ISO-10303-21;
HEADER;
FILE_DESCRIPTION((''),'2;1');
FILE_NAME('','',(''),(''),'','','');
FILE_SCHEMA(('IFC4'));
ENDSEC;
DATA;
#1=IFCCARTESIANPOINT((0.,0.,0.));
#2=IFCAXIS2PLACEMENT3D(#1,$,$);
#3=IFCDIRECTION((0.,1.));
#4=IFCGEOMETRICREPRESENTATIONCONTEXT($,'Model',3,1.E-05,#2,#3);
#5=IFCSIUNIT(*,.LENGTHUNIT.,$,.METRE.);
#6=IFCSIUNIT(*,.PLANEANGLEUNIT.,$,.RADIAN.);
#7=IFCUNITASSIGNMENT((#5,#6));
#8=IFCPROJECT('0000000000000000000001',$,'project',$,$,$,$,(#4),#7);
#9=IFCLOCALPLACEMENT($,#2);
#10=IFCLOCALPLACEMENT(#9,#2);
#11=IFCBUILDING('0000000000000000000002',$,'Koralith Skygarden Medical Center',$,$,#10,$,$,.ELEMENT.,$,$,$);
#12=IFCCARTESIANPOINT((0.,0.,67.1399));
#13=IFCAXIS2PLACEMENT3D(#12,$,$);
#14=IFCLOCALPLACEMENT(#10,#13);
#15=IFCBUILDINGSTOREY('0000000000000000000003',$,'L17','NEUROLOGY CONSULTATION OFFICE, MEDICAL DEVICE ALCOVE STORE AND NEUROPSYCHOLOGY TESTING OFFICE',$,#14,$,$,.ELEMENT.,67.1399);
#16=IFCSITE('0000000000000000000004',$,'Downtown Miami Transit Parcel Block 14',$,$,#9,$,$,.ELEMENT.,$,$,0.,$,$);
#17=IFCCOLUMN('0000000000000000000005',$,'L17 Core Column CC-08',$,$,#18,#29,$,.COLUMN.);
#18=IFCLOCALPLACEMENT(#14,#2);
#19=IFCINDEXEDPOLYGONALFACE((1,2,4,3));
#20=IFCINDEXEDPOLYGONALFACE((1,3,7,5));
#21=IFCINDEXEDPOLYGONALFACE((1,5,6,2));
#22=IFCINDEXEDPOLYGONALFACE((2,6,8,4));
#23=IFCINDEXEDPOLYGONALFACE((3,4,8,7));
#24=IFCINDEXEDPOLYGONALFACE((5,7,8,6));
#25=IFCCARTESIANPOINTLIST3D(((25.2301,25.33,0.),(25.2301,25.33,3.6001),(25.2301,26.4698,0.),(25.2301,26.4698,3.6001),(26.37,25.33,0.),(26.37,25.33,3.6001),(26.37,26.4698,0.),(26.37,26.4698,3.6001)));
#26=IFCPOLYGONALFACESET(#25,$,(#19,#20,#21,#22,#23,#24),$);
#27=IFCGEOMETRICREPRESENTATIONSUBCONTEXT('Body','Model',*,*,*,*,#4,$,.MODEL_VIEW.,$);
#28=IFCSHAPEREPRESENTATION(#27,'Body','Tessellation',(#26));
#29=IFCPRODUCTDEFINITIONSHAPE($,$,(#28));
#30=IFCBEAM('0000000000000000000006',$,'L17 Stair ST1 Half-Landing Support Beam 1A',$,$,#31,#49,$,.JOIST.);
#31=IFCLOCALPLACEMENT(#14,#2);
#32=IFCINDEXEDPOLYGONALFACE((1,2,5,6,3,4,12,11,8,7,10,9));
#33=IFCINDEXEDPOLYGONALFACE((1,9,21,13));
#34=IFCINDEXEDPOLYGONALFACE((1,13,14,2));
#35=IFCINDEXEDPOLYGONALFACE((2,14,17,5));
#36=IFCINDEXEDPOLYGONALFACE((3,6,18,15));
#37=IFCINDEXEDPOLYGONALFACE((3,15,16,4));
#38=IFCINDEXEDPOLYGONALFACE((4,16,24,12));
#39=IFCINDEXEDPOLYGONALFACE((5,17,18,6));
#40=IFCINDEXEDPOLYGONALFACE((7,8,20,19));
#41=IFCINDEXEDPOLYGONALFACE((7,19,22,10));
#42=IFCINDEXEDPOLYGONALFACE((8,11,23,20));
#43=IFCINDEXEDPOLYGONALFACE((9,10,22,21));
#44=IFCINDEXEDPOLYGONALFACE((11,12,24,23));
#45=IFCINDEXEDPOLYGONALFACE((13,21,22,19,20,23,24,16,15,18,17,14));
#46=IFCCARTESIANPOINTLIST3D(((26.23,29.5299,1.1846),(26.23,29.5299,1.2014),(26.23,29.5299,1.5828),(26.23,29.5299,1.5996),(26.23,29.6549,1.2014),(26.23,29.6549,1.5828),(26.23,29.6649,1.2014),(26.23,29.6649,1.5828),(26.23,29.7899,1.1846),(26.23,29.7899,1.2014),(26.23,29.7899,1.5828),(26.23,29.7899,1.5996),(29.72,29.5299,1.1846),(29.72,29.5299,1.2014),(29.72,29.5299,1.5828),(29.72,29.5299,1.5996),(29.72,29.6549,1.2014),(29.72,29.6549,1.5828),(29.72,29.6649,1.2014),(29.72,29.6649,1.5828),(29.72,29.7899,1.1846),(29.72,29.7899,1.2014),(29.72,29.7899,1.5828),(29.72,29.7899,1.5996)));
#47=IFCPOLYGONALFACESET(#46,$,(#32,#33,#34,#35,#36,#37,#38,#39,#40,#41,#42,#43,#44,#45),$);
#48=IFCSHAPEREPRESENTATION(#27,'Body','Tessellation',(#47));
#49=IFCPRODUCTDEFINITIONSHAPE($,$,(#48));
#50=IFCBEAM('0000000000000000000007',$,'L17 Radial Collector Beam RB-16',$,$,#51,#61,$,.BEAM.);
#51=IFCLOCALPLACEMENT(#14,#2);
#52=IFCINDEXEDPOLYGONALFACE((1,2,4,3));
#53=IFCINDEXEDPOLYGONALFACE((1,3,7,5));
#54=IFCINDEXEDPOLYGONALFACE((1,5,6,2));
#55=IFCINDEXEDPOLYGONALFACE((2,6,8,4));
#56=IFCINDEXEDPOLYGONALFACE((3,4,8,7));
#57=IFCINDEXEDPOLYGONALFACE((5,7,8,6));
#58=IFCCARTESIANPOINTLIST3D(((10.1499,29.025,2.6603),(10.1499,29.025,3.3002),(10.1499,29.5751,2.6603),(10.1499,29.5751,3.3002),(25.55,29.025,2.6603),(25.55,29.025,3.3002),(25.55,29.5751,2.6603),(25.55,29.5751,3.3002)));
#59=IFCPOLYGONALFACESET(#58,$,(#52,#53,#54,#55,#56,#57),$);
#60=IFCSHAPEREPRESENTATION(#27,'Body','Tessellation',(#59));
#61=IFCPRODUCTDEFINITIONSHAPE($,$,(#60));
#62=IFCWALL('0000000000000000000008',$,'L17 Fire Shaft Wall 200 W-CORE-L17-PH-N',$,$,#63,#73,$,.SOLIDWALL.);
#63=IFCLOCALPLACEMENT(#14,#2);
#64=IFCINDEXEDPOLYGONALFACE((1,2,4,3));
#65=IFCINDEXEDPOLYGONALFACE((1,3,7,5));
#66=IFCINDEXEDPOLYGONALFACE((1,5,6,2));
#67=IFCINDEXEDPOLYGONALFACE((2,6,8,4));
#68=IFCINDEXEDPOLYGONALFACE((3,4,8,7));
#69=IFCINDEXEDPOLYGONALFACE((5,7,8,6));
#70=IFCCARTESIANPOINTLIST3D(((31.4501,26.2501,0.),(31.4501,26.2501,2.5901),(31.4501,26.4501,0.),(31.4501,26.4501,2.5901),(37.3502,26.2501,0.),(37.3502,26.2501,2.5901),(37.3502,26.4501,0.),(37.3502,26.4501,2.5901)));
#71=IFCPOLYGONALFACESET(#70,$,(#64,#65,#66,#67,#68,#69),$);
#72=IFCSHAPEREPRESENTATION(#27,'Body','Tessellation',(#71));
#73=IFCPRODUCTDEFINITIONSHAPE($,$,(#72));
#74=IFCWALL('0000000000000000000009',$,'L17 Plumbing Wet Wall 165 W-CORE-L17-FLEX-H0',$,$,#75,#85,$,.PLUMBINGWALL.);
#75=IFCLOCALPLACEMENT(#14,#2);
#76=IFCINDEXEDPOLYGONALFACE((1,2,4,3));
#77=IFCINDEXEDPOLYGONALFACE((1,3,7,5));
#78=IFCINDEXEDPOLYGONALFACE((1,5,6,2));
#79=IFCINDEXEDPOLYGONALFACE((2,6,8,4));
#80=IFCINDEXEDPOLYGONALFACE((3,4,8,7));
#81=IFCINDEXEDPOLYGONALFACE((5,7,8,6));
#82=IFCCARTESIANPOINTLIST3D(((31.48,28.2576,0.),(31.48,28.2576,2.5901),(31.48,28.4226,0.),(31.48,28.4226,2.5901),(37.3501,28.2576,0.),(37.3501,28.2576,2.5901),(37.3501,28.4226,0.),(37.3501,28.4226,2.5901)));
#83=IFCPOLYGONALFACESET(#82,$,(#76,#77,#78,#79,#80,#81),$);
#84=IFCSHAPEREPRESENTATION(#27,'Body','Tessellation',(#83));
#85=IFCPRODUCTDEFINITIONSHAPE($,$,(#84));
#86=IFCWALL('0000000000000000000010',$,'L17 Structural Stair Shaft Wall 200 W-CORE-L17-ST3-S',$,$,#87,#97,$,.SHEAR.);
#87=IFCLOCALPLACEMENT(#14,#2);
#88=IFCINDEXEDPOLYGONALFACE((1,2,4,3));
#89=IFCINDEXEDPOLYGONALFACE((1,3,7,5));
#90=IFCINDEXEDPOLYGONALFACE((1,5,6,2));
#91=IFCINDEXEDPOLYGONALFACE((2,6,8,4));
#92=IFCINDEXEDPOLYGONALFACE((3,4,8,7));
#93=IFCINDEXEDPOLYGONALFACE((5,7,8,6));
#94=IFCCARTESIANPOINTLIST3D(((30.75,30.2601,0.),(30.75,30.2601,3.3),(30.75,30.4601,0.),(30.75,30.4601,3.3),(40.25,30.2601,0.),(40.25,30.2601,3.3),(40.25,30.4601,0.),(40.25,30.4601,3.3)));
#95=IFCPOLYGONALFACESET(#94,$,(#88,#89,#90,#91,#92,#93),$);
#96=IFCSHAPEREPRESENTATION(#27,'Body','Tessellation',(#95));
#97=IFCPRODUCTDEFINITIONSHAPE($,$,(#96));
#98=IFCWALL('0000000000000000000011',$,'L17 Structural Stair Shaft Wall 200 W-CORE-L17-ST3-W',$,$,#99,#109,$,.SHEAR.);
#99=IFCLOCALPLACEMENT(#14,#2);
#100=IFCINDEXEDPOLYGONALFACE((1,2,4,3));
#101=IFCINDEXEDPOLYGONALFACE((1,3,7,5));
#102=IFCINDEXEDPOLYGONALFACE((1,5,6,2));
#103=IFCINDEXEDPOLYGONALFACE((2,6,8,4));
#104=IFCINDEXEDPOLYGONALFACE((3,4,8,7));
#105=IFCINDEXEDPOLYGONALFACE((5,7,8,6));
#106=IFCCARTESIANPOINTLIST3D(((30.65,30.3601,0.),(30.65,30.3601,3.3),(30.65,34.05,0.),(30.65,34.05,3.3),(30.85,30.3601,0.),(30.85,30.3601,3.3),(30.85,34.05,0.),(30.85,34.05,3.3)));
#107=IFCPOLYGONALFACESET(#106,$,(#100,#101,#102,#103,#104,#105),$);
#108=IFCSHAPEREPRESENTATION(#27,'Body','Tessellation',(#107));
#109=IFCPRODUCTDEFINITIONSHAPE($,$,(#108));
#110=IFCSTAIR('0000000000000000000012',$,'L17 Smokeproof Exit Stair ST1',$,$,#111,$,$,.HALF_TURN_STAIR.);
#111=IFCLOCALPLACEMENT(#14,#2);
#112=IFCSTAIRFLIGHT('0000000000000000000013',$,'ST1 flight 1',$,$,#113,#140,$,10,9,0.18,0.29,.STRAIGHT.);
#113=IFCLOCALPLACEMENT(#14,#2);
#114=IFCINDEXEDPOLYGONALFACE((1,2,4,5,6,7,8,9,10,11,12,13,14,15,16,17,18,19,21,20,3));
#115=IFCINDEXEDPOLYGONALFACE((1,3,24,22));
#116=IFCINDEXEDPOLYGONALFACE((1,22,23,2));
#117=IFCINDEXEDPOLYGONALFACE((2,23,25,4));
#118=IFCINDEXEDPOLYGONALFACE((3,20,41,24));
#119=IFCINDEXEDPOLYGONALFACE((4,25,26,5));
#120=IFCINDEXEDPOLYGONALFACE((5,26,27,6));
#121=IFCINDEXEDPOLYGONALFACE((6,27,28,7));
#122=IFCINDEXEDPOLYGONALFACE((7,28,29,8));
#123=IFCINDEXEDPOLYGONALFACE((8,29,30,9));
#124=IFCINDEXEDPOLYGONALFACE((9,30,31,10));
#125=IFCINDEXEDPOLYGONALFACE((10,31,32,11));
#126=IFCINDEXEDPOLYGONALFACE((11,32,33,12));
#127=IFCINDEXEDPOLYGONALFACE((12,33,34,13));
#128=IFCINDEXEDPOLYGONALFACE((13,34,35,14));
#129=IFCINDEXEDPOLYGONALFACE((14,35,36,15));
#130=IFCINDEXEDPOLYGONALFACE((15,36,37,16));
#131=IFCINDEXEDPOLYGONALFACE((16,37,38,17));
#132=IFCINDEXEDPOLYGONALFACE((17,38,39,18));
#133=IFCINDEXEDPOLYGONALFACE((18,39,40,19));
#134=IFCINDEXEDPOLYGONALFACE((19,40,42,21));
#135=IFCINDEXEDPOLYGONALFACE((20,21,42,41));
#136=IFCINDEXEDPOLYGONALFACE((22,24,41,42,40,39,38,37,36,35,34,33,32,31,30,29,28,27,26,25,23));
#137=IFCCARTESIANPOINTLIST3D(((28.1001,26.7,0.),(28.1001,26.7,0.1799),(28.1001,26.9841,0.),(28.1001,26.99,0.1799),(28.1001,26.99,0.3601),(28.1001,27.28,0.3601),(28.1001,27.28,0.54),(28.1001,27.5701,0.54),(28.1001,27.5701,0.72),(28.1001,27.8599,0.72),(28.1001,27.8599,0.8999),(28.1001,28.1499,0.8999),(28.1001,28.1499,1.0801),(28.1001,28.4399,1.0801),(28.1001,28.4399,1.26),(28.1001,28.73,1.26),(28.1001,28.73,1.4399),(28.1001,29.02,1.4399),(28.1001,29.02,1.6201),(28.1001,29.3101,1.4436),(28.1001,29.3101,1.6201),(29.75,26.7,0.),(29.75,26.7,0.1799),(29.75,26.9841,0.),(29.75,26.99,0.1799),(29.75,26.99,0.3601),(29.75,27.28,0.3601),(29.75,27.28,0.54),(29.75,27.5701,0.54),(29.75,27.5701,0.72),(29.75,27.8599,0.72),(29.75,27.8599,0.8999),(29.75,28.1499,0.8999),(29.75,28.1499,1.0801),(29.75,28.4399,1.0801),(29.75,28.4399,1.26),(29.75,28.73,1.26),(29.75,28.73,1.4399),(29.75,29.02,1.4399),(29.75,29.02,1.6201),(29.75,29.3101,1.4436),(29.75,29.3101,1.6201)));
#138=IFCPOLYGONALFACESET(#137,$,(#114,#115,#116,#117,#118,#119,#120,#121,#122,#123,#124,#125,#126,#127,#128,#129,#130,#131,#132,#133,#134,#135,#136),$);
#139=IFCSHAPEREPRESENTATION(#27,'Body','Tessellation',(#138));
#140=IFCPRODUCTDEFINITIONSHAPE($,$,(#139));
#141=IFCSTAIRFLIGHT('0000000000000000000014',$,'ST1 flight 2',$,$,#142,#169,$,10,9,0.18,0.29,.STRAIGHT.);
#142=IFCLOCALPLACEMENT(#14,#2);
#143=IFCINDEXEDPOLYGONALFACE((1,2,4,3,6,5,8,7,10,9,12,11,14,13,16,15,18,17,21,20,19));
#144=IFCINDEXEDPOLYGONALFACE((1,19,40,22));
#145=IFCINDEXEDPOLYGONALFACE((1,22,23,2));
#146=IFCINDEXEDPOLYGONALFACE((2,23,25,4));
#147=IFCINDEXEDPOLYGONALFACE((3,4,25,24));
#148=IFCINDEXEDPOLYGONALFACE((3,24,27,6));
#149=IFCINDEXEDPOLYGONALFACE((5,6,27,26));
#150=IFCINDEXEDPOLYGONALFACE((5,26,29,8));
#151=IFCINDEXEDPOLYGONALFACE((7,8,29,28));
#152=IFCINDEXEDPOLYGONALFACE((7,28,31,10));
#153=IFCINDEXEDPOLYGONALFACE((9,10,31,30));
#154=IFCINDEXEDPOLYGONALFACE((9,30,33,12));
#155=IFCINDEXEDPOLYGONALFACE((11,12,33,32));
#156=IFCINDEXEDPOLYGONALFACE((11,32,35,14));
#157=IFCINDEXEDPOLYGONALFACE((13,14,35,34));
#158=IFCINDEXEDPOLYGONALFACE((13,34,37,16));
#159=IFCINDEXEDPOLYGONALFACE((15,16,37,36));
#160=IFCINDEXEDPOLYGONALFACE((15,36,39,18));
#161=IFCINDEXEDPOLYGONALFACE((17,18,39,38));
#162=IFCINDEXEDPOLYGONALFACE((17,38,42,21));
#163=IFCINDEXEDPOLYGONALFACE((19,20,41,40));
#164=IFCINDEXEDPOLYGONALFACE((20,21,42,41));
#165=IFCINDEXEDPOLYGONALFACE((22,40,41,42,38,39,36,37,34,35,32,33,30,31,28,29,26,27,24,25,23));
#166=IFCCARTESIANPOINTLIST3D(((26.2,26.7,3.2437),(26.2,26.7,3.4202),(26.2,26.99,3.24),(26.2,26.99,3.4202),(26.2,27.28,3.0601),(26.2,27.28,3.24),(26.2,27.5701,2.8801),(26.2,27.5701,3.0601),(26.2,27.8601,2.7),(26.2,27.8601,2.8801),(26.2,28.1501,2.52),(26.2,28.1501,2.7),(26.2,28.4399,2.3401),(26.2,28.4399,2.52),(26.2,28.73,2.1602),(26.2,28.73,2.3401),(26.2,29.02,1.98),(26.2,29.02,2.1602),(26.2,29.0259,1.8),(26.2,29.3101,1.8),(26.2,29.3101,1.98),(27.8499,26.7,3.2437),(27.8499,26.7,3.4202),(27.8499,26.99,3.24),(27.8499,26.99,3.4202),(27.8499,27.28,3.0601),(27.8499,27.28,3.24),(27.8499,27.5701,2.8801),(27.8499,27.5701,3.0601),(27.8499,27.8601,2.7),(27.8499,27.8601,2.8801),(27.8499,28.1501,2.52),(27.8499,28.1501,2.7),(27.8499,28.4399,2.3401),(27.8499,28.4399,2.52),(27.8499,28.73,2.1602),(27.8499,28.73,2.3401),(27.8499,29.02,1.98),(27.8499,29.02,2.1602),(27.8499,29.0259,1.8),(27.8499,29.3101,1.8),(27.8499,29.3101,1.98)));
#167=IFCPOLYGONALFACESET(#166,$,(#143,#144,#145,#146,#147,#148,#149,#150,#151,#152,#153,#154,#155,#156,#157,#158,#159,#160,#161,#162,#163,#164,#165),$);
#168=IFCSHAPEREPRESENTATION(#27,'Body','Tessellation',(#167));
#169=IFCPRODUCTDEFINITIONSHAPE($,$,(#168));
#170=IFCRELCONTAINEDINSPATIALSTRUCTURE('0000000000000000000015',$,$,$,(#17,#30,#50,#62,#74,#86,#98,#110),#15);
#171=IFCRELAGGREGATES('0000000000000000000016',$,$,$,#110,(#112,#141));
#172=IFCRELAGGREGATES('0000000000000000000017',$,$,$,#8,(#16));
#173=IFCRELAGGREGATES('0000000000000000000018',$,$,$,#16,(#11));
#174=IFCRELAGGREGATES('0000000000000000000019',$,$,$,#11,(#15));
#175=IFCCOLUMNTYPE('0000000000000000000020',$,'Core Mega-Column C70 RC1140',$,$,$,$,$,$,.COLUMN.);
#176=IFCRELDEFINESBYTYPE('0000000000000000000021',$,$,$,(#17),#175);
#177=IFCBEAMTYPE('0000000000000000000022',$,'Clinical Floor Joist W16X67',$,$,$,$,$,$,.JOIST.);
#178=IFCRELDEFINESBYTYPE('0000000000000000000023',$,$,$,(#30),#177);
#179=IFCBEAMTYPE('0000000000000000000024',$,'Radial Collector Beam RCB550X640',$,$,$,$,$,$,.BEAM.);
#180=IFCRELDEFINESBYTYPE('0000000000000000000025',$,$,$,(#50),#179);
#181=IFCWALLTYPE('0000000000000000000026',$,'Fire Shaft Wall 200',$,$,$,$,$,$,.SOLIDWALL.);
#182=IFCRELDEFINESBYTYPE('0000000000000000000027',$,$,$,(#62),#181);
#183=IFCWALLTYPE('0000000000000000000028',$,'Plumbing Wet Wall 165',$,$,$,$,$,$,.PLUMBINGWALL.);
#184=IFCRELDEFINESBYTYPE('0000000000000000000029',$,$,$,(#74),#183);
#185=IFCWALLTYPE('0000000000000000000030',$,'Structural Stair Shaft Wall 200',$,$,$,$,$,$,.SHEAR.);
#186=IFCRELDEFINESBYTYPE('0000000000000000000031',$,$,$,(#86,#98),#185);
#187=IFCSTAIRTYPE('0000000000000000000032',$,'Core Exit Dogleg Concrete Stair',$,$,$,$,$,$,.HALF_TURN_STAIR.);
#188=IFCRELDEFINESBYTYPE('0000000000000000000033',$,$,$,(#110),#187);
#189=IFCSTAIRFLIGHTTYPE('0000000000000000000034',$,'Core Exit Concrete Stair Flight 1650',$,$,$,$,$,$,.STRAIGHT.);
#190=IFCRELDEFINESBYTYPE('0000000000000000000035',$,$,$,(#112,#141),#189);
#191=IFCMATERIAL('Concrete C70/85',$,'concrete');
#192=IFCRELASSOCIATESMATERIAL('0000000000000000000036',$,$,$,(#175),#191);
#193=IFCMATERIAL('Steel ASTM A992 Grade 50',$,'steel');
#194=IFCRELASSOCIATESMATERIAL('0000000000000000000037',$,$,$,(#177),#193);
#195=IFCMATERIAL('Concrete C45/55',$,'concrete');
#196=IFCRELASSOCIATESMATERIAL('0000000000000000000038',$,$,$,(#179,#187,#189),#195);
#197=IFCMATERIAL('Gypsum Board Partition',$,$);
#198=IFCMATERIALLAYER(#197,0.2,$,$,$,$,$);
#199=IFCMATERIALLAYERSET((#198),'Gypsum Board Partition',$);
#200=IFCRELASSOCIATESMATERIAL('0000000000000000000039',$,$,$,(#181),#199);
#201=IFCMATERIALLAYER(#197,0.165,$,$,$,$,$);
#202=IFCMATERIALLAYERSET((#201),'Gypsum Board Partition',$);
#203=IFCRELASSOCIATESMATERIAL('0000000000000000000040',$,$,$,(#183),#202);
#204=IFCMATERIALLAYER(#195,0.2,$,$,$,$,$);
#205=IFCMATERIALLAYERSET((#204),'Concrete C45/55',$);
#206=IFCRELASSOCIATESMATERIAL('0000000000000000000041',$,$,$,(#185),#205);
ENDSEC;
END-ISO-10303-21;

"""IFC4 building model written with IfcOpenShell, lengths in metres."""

from ifc_helpers import new_model, si_unit, direction, frame, frame_2d, origin, origin_2d, place, context, subcontext, project, spatial, polyline, rectangle, i_section, outline, extrude, material, layer, layer_set, material_profile, profile_set, type_object, element, aggregate, save


model = new_model("IFC4")

# Units and contexts
model_context = context("Model", 3, precision=1e-05, world=origin(), true_north=direction((0.0, 1.0)))
body_context = subcontext(model_context, "Body", "Model", "MODEL_VIEW")
ifc_project = project(units=[si_unit("LENGTHUNIT", "METRE"), si_unit("PLANEANGLEUNIT", "RADIAN")], contexts=[model_context])

# Site, building, storey
site_placement = place(None, origin())
site = spatial("IfcSite", under=ifc_project, at=site_placement, Name="Downtown Miami Transit Parcel Block 14", CompositionType="ELEMENT", RefElevation=0.0)
building_placement = place(site_placement, origin())
building = spatial("IfcBuilding", under=site, at=building_placement, Name="Koralith Skygarden Medical Center", CompositionType="ELEMENT")
storey_placement = place(building_placement, frame((0.0, 0.0, 67.1399)))
storey = spatial("IfcBuildingStorey", under=building, at=storey_placement, Name="L17", Description="NEUROLOGY CONSULTATION OFFICE, MEDICAL DEVICE ALCOVE STORE AND NEUROPSYCHOLOGY TESTING OFFICE", CompositionType="ELEMENT", Elevation=67.1399)

# Column
ifc_material_1 = material(Name="Concrete C70/85", Category="concrete")
ifc_material_profile_1 = material_profile(ifc_material_1, rectangle(XDim=1.1399, YDim=1.1399, at=origin_2d()), Name="RC1140X1140")
ifc_profile_set_1 = profile_set([ifc_material_profile_1], Name="Concrete C70/85")
column_type = type_object("IfcColumnType", Name="Core Mega-Column C70 RC1140", PredefinedType="COLUMN", material=ifc_profile_set_1)
column_placement = place(storey_placement, frame((25.8, 25.8999, 0.0), z_axis=(0.0, 0.0, 1.0), x_axis=(1.0, 0.0, 0.0)))
element("IfcColumn", 1, at=column_placement, inside=storey, type_object=column_type, Name="L17 Core Column CC-08", PredefinedType="COLUMN", context=body_context, shape_type="SweptSolid", body=[
    extrude(rectangle(XDim=1.1399, YDim=1.1399, at=origin_2d()), origin(), (0.0, 0.0, 1.0), 3.6001),
])

# Beams
ifc_material_2 = material(Name="Steel ASTM A992 Grade 50", Category="steel")
ifc_material_profile_2 = material_profile(ifc_material_2, i_section(OverallWidth=0.26, OverallDepth=0.415, WebThickness=0.01, FlangeThickness=0.0168, at=origin_2d()), Name="W16X67")
ifc_profile_set_2 = profile_set([ifc_material_profile_2], Name="Steel ASTM A992 Grade 50")
beam_type_1 = type_object("IfcBeamType", Name="Clinical Floor Joist W16X67", PredefinedType="JOIST", material=ifc_profile_set_2)
beam_1_placement = place(storey_placement, frame((26.23, 29.6599, 1.3921), z_axis=(1.0, 0.0, 0.0), x_axis=(0.0, 1.0, 0.0)))
element("IfcBeam", 2, at=beam_1_placement, inside=storey, type_object=beam_type_1, Name="L17 Stair ST1 Half-Landing Support Beam 1A", PredefinedType="JOIST", context=body_context, shape_type="SweptSolid", body=[
    extrude(i_section(OverallWidth=0.26, OverallDepth=0.415, WebThickness=0.01, FlangeThickness=0.0168, at=origin_2d()), origin(), (0.0, 0.0, 1.0), 3.49),
])
ifc_material_3 = material(Name="Concrete C45/55", Category="concrete")
ifc_material_profile_3 = material_profile(ifc_material_3, rectangle(XDim=0.55, YDim=0.6399, at=origin_2d()), Name="RCB550X640")
ifc_profile_set_3 = profile_set([ifc_material_profile_3], Name="Concrete C45/55")
beam_type_2 = type_object("IfcBeamType", Name="Radial Collector Beam RCB550X640", PredefinedType="BEAM", material=ifc_profile_set_3)
beam_2_placement = place(storey_placement, frame((25.55, 29.3, 2.9802), z_axis=(-1.0, 0.0, 0.0), x_axis=(0.0, -1.0, 0.0)))
element("IfcBeam", 3, at=beam_2_placement, inside=storey, type_object=beam_type_2, Name="L17 Radial Collector Beam RB-16", PredefinedType="BEAM", context=body_context, shape_type="SweptSolid", body=[
    extrude(rectangle(XDim=0.55, YDim=0.6399, at=origin_2d()), origin(), (0.0, 0.0, 1.0), 15.4001),
])

# Wall
ifc_material_4 = material(Name="Gypsum Board Partition")
ifc_layer_1 = layer(ifc_material_4, 0.2)
ifc_layer_set_1 = layer_set([ifc_layer_1], Name="Gypsum Board Partition")
wall_type_1 = type_object("IfcWallType", Name="Fire Shaft Wall 200", PredefinedType="SOLIDWALL", material=ifc_layer_set_1)
wall_1_placement = place(storey_placement, frame((31.45, 26.3501, 0.0), z_axis=(0.0, 0.0, 1.0), x_axis=(1.0, 0.0, 0.0)))
element("IfcWall", 4, at=wall_1_placement, inside=storey, type_object=wall_type_1, Name="L17 Fire Shaft Wall 200 W-CORE-L17-PH-N", PredefinedType="SOLIDWALL", context=body_context, shape_type="SweptSolid", body=[
    extrude(rectangle(XDim=5.9001, YDim=0.2, at=frame_2d((2.9502, 0.0))), origin(), (0.0, 0.0, 1.0), 2.5901),
])

# Shared definitions
ifc_layer_2 = layer(ifc_material_4, 0.165)
ifc_layer_set_2 = layer_set([ifc_layer_2], Name="Gypsum Board Partition")
wall_type_2 = type_object("IfcWallType", Name="Plumbing Wet Wall 165", PredefinedType="PLUMBINGWALL", material=ifc_layer_set_2)

# Walls
wall_2_placement = place(storey_placement, frame((31.48, 28.3401, 0.0), z_axis=(0.0, 0.0, 1.0), x_axis=(1.0, 0.0, 0.0)))
element("IfcWall", 5, at=wall_2_placement, inside=storey, type_object=wall_type_2, Name="L17 Plumbing Wet Wall 165 W-CORE-L17-FLEX-H0", PredefinedType="PLUMBINGWALL", context=body_context, shape_type="SweptSolid", body=[
    extrude(rectangle(XDim=5.8701, YDim=0.165, at=frame_2d((2.9351, 0.0))), origin(), (0.0, 0.0, 1.0), 2.5901),
])
ifc_layer_3 = layer(ifc_material_3, 0.2)
ifc_layer_set_3 = layer_set([ifc_layer_3], Name="Concrete C45/55")
wall_type_3 = type_object("IfcWallType", Name="Structural Stair Shaft Wall 200", PredefinedType="SHEAR", material=ifc_layer_set_3)
wall_3_placement = place(storey_placement, frame((30.75, 30.3601, 0.0), z_axis=(0.0, 0.0, 1.0), x_axis=(1.0, 0.0, 0.0)))
element("IfcWall", 6, at=wall_3_placement, inside=storey, type_object=wall_type_3, Name="L17 Structural Stair Shaft Wall 200 W-CORE-L17-ST3-S", PredefinedType="SHEAR", context=body_context, shape_type="SweptSolid", body=[
    extrude(rectangle(XDim=9.5, YDim=0.2, at=frame_2d((4.75, 0.0))), origin(), (0.0, 0.0, 1.0), 3.3),
])
wall_4_placement = place(storey_placement, frame((30.75, 30.3601, 0.0), z_axis=(0.0, 0.0, 1.0), x_axis=(0.0, 1.0, 0.0)))
element("IfcWall", 7, at=wall_4_placement, inside=storey, type_object=wall_type_3, Name="L17 Structural Stair Shaft Wall 200 W-CORE-L17-ST3-W", PredefinedType="SHEAR", context=body_context, shape_type="SweptSolid", body=[
    extrude(rectangle(XDim=3.6899, YDim=0.2, at=frame_2d((1.845, 0.0))), origin(), (0.0, 0.0, 1.0), 3.3),
])

# Stair, stair flights
stair_type = type_object("IfcStairType", Name="Core Exit Dogleg Concrete Stair", PredefinedType="HALF_TURN_STAIR", material=ifc_material_3)
stair_1_placement = place(storey_placement, origin())
stair_1 = element("IfcStair", 8, at=stair_1_placement, inside=storey, type_object=stair_type, Name="L17 Smokeproof Exit Stair ST1", PredefinedType="HALF_TURN_STAIR")
stair_flight_type = type_object("IfcStairFlightType", Name="Core Exit Concrete Stair Flight 1650", PredefinedType="STRAIGHT", material=ifc_material_3)
stair_flight_1_placement = place(storey_placement, frame((28.925, 26.7, 0.0), z_axis=(0.0, 0.0, 1.0), x_axis=(0.0, 1.0, 0.0)))
stair_flight_1 = element("IfcStairFlight", 9, at=stair_flight_1_placement, type_object=stair_flight_type, Name="ST1 flight 1", NumberOfRisers=10, NumberOfTreads=9, PredefinedType="STRAIGHT", RiserHeight=0.18, TreadLength=0.29, context=body_context, shape_type="SweptSolid", body=[
    extrude(outline(polyline([(0.0, 0.0), (0.0, 0.1799), (0.29, 0.1799), (0.29, 0.3601), (0.5801, 0.3601), (0.5801, 0.54), (0.8701, 0.54), (0.8701, 0.72), (1.1599, 0.72), (1.1599, 0.8999), (1.45, 0.8999), (1.45, 1.0801), (1.74, 1.0801), (1.74, 1.26), (2.03, 1.26), (2.03, 1.4399), (2.3201, 1.4399), (2.3201, 1.6201), (2.6101, 1.6201), (2.6101, 1.8), (2.6101, 1.4436), (0.2842, 0.0), (0.0, 0.0)])), frame((0.0, 0.825, 0.0), z_axis=(0.0, -1.0, 0.0), x_axis=(1.0, 0.0, 0.0)), (0.0, 0.0, 1.0), 1.6499),
])
stair_flight_2_placement = place(storey_placement, frame((27.0249, 29.3101, 1.8), z_axis=(0.0, 0.0, 1.0), x_axis=(0.0, -1.0, 0.0)))
stair_flight_2 = element("IfcStairFlight", 10, at=stair_flight_2_placement, type_object=stair_flight_type, Name="ST1 flight 2", NumberOfRisers=10, NumberOfTreads=9, PredefinedType="STRAIGHT", RiserHeight=0.18, TreadLength=0.29, context=body_context, shape_type="SweptSolid", body=[
    extrude(outline(polyline([(0.0, 0.0), (0.0, 0.1799), (0.29, 0.1799), (0.29, 0.3601), (0.5801, 0.3601), (0.5801, 0.54), (0.8701, 0.54), (0.8701, 0.72), (1.1599, 0.72), (1.1599, 0.8999), (1.45, 0.8999), (1.45, 1.0801), (1.74, 1.0801), (1.74, 1.26), (2.03, 1.26), (2.03, 1.4399), (2.3201, 1.4399), (2.3201, 1.6201), (2.6101, 1.6201), (2.6101, 1.8), (2.6101, 1.4436), (0.2842, 0.0), (0.0, 0.0)])), frame((0.0, 0.825, 0.0), z_axis=(0.0, -1.0, 0.0), x_axis=(1.0, 0.0, 0.0)), (0.0, 0.0, 1.0), 1.6499),
])
aggregate(stair_1, [stair_flight_1, stair_flight_2])

save(model, "model.ifc")
